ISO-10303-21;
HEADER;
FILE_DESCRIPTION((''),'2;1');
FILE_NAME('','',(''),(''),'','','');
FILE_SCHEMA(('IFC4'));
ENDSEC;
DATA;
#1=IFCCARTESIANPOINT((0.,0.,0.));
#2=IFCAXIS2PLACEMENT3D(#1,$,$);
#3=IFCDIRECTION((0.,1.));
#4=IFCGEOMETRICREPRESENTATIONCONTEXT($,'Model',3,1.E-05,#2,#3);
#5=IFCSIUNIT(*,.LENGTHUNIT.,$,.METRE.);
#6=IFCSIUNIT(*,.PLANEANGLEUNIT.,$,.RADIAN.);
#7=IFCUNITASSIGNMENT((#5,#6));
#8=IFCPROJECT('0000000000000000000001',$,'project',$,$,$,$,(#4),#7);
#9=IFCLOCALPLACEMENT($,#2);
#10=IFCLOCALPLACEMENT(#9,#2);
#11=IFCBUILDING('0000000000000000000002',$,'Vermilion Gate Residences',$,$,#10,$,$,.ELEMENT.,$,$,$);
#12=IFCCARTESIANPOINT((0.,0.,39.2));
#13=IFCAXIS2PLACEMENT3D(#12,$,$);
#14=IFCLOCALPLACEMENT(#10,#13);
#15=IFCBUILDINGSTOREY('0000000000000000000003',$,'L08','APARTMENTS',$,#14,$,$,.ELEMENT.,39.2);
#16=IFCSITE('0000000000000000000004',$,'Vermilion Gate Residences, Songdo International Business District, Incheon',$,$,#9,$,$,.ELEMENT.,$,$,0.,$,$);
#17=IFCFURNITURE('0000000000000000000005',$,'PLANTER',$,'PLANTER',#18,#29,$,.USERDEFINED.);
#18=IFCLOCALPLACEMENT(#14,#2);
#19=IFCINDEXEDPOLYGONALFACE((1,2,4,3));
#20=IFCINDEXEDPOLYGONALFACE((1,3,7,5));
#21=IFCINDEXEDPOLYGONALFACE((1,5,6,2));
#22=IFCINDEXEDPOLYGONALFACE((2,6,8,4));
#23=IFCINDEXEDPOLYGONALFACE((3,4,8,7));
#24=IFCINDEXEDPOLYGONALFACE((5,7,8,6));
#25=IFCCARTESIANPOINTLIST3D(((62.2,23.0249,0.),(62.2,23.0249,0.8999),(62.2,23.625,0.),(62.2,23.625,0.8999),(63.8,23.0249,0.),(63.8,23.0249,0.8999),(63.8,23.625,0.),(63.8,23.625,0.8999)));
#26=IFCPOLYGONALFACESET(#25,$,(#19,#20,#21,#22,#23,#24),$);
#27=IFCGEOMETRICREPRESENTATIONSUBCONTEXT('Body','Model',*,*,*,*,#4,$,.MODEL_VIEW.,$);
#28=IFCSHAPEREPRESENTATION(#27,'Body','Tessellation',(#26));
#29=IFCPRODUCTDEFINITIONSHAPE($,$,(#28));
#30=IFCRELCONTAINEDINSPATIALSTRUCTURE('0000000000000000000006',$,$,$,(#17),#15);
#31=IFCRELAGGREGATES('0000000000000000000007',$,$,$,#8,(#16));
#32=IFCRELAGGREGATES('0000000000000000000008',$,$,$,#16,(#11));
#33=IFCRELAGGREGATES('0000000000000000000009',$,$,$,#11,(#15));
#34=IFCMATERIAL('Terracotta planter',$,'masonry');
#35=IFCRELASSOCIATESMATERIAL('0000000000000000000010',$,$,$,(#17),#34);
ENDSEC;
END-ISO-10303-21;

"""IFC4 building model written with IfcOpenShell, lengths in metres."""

from ifc_helpers import new_model, si_unit, direction, frame, origin, origin_2d, place, context, subcontext, project, spatial, rectangle, extrude, material, element, save


model = new_model("IFC4")

# Units and contexts
model_context = context("Model", 3, precision=1e-05, world=origin(), true_north=direction((0.0, 1.0)))
body_context = subcontext(model_context, "Body", "Model", "MODEL_VIEW")
ifc_project = project(units=[si_unit("LENGTHUNIT", "METRE"), si_unit("PLANEANGLEUNIT", "RADIAN")], contexts=[model_context])

# Site, building, storey
site_placement = place(None, origin())
site = spatial("IfcSite", under=ifc_project, at=site_placement, Name="Vermilion Gate Residences, Songdo International Business District, Incheon", CompositionType="ELEMENT", RefElevation=0.0)
building_placement = place(site_placement, origin())
building = spatial("IfcBuilding", under=site, at=building_placement, Name="Vermilion Gate Residences", CompositionType="ELEMENT")
storey_placement = place(building_placement, frame((0.0, 0.0, 39.2)))
storey = spatial("IfcBuildingStorey", under=building, at=storey_placement, Name="L08", Description="APARTMENTS", CompositionType="ELEMENT", Elevation=39.2)

# Furniture
ifc_material_1 = material(Name="Terracotta planter", Category="masonry")
furniture_placement = place(storey_placement, frame((63.0, 23.325, 0.0), z_axis=(0.0, 0.0, 1.0), x_axis=(-1.0, 0.0, 0.0)))
element("IfcFurniture", 1, at=furniture_placement, inside=storey, material=ifc_material_1, Name="PLANTER", ObjectType="PLANTER", PredefinedType="USERDEFINED", context=body_context, shape_type="SweptSolid", body=[
    extrude(rectangle(XDim=1.6001, YDim=0.6001, at=origin_2d()), origin(), (0.0, 0.0, 1.0), 0.8999),
])

save(model, "model.ifc")
